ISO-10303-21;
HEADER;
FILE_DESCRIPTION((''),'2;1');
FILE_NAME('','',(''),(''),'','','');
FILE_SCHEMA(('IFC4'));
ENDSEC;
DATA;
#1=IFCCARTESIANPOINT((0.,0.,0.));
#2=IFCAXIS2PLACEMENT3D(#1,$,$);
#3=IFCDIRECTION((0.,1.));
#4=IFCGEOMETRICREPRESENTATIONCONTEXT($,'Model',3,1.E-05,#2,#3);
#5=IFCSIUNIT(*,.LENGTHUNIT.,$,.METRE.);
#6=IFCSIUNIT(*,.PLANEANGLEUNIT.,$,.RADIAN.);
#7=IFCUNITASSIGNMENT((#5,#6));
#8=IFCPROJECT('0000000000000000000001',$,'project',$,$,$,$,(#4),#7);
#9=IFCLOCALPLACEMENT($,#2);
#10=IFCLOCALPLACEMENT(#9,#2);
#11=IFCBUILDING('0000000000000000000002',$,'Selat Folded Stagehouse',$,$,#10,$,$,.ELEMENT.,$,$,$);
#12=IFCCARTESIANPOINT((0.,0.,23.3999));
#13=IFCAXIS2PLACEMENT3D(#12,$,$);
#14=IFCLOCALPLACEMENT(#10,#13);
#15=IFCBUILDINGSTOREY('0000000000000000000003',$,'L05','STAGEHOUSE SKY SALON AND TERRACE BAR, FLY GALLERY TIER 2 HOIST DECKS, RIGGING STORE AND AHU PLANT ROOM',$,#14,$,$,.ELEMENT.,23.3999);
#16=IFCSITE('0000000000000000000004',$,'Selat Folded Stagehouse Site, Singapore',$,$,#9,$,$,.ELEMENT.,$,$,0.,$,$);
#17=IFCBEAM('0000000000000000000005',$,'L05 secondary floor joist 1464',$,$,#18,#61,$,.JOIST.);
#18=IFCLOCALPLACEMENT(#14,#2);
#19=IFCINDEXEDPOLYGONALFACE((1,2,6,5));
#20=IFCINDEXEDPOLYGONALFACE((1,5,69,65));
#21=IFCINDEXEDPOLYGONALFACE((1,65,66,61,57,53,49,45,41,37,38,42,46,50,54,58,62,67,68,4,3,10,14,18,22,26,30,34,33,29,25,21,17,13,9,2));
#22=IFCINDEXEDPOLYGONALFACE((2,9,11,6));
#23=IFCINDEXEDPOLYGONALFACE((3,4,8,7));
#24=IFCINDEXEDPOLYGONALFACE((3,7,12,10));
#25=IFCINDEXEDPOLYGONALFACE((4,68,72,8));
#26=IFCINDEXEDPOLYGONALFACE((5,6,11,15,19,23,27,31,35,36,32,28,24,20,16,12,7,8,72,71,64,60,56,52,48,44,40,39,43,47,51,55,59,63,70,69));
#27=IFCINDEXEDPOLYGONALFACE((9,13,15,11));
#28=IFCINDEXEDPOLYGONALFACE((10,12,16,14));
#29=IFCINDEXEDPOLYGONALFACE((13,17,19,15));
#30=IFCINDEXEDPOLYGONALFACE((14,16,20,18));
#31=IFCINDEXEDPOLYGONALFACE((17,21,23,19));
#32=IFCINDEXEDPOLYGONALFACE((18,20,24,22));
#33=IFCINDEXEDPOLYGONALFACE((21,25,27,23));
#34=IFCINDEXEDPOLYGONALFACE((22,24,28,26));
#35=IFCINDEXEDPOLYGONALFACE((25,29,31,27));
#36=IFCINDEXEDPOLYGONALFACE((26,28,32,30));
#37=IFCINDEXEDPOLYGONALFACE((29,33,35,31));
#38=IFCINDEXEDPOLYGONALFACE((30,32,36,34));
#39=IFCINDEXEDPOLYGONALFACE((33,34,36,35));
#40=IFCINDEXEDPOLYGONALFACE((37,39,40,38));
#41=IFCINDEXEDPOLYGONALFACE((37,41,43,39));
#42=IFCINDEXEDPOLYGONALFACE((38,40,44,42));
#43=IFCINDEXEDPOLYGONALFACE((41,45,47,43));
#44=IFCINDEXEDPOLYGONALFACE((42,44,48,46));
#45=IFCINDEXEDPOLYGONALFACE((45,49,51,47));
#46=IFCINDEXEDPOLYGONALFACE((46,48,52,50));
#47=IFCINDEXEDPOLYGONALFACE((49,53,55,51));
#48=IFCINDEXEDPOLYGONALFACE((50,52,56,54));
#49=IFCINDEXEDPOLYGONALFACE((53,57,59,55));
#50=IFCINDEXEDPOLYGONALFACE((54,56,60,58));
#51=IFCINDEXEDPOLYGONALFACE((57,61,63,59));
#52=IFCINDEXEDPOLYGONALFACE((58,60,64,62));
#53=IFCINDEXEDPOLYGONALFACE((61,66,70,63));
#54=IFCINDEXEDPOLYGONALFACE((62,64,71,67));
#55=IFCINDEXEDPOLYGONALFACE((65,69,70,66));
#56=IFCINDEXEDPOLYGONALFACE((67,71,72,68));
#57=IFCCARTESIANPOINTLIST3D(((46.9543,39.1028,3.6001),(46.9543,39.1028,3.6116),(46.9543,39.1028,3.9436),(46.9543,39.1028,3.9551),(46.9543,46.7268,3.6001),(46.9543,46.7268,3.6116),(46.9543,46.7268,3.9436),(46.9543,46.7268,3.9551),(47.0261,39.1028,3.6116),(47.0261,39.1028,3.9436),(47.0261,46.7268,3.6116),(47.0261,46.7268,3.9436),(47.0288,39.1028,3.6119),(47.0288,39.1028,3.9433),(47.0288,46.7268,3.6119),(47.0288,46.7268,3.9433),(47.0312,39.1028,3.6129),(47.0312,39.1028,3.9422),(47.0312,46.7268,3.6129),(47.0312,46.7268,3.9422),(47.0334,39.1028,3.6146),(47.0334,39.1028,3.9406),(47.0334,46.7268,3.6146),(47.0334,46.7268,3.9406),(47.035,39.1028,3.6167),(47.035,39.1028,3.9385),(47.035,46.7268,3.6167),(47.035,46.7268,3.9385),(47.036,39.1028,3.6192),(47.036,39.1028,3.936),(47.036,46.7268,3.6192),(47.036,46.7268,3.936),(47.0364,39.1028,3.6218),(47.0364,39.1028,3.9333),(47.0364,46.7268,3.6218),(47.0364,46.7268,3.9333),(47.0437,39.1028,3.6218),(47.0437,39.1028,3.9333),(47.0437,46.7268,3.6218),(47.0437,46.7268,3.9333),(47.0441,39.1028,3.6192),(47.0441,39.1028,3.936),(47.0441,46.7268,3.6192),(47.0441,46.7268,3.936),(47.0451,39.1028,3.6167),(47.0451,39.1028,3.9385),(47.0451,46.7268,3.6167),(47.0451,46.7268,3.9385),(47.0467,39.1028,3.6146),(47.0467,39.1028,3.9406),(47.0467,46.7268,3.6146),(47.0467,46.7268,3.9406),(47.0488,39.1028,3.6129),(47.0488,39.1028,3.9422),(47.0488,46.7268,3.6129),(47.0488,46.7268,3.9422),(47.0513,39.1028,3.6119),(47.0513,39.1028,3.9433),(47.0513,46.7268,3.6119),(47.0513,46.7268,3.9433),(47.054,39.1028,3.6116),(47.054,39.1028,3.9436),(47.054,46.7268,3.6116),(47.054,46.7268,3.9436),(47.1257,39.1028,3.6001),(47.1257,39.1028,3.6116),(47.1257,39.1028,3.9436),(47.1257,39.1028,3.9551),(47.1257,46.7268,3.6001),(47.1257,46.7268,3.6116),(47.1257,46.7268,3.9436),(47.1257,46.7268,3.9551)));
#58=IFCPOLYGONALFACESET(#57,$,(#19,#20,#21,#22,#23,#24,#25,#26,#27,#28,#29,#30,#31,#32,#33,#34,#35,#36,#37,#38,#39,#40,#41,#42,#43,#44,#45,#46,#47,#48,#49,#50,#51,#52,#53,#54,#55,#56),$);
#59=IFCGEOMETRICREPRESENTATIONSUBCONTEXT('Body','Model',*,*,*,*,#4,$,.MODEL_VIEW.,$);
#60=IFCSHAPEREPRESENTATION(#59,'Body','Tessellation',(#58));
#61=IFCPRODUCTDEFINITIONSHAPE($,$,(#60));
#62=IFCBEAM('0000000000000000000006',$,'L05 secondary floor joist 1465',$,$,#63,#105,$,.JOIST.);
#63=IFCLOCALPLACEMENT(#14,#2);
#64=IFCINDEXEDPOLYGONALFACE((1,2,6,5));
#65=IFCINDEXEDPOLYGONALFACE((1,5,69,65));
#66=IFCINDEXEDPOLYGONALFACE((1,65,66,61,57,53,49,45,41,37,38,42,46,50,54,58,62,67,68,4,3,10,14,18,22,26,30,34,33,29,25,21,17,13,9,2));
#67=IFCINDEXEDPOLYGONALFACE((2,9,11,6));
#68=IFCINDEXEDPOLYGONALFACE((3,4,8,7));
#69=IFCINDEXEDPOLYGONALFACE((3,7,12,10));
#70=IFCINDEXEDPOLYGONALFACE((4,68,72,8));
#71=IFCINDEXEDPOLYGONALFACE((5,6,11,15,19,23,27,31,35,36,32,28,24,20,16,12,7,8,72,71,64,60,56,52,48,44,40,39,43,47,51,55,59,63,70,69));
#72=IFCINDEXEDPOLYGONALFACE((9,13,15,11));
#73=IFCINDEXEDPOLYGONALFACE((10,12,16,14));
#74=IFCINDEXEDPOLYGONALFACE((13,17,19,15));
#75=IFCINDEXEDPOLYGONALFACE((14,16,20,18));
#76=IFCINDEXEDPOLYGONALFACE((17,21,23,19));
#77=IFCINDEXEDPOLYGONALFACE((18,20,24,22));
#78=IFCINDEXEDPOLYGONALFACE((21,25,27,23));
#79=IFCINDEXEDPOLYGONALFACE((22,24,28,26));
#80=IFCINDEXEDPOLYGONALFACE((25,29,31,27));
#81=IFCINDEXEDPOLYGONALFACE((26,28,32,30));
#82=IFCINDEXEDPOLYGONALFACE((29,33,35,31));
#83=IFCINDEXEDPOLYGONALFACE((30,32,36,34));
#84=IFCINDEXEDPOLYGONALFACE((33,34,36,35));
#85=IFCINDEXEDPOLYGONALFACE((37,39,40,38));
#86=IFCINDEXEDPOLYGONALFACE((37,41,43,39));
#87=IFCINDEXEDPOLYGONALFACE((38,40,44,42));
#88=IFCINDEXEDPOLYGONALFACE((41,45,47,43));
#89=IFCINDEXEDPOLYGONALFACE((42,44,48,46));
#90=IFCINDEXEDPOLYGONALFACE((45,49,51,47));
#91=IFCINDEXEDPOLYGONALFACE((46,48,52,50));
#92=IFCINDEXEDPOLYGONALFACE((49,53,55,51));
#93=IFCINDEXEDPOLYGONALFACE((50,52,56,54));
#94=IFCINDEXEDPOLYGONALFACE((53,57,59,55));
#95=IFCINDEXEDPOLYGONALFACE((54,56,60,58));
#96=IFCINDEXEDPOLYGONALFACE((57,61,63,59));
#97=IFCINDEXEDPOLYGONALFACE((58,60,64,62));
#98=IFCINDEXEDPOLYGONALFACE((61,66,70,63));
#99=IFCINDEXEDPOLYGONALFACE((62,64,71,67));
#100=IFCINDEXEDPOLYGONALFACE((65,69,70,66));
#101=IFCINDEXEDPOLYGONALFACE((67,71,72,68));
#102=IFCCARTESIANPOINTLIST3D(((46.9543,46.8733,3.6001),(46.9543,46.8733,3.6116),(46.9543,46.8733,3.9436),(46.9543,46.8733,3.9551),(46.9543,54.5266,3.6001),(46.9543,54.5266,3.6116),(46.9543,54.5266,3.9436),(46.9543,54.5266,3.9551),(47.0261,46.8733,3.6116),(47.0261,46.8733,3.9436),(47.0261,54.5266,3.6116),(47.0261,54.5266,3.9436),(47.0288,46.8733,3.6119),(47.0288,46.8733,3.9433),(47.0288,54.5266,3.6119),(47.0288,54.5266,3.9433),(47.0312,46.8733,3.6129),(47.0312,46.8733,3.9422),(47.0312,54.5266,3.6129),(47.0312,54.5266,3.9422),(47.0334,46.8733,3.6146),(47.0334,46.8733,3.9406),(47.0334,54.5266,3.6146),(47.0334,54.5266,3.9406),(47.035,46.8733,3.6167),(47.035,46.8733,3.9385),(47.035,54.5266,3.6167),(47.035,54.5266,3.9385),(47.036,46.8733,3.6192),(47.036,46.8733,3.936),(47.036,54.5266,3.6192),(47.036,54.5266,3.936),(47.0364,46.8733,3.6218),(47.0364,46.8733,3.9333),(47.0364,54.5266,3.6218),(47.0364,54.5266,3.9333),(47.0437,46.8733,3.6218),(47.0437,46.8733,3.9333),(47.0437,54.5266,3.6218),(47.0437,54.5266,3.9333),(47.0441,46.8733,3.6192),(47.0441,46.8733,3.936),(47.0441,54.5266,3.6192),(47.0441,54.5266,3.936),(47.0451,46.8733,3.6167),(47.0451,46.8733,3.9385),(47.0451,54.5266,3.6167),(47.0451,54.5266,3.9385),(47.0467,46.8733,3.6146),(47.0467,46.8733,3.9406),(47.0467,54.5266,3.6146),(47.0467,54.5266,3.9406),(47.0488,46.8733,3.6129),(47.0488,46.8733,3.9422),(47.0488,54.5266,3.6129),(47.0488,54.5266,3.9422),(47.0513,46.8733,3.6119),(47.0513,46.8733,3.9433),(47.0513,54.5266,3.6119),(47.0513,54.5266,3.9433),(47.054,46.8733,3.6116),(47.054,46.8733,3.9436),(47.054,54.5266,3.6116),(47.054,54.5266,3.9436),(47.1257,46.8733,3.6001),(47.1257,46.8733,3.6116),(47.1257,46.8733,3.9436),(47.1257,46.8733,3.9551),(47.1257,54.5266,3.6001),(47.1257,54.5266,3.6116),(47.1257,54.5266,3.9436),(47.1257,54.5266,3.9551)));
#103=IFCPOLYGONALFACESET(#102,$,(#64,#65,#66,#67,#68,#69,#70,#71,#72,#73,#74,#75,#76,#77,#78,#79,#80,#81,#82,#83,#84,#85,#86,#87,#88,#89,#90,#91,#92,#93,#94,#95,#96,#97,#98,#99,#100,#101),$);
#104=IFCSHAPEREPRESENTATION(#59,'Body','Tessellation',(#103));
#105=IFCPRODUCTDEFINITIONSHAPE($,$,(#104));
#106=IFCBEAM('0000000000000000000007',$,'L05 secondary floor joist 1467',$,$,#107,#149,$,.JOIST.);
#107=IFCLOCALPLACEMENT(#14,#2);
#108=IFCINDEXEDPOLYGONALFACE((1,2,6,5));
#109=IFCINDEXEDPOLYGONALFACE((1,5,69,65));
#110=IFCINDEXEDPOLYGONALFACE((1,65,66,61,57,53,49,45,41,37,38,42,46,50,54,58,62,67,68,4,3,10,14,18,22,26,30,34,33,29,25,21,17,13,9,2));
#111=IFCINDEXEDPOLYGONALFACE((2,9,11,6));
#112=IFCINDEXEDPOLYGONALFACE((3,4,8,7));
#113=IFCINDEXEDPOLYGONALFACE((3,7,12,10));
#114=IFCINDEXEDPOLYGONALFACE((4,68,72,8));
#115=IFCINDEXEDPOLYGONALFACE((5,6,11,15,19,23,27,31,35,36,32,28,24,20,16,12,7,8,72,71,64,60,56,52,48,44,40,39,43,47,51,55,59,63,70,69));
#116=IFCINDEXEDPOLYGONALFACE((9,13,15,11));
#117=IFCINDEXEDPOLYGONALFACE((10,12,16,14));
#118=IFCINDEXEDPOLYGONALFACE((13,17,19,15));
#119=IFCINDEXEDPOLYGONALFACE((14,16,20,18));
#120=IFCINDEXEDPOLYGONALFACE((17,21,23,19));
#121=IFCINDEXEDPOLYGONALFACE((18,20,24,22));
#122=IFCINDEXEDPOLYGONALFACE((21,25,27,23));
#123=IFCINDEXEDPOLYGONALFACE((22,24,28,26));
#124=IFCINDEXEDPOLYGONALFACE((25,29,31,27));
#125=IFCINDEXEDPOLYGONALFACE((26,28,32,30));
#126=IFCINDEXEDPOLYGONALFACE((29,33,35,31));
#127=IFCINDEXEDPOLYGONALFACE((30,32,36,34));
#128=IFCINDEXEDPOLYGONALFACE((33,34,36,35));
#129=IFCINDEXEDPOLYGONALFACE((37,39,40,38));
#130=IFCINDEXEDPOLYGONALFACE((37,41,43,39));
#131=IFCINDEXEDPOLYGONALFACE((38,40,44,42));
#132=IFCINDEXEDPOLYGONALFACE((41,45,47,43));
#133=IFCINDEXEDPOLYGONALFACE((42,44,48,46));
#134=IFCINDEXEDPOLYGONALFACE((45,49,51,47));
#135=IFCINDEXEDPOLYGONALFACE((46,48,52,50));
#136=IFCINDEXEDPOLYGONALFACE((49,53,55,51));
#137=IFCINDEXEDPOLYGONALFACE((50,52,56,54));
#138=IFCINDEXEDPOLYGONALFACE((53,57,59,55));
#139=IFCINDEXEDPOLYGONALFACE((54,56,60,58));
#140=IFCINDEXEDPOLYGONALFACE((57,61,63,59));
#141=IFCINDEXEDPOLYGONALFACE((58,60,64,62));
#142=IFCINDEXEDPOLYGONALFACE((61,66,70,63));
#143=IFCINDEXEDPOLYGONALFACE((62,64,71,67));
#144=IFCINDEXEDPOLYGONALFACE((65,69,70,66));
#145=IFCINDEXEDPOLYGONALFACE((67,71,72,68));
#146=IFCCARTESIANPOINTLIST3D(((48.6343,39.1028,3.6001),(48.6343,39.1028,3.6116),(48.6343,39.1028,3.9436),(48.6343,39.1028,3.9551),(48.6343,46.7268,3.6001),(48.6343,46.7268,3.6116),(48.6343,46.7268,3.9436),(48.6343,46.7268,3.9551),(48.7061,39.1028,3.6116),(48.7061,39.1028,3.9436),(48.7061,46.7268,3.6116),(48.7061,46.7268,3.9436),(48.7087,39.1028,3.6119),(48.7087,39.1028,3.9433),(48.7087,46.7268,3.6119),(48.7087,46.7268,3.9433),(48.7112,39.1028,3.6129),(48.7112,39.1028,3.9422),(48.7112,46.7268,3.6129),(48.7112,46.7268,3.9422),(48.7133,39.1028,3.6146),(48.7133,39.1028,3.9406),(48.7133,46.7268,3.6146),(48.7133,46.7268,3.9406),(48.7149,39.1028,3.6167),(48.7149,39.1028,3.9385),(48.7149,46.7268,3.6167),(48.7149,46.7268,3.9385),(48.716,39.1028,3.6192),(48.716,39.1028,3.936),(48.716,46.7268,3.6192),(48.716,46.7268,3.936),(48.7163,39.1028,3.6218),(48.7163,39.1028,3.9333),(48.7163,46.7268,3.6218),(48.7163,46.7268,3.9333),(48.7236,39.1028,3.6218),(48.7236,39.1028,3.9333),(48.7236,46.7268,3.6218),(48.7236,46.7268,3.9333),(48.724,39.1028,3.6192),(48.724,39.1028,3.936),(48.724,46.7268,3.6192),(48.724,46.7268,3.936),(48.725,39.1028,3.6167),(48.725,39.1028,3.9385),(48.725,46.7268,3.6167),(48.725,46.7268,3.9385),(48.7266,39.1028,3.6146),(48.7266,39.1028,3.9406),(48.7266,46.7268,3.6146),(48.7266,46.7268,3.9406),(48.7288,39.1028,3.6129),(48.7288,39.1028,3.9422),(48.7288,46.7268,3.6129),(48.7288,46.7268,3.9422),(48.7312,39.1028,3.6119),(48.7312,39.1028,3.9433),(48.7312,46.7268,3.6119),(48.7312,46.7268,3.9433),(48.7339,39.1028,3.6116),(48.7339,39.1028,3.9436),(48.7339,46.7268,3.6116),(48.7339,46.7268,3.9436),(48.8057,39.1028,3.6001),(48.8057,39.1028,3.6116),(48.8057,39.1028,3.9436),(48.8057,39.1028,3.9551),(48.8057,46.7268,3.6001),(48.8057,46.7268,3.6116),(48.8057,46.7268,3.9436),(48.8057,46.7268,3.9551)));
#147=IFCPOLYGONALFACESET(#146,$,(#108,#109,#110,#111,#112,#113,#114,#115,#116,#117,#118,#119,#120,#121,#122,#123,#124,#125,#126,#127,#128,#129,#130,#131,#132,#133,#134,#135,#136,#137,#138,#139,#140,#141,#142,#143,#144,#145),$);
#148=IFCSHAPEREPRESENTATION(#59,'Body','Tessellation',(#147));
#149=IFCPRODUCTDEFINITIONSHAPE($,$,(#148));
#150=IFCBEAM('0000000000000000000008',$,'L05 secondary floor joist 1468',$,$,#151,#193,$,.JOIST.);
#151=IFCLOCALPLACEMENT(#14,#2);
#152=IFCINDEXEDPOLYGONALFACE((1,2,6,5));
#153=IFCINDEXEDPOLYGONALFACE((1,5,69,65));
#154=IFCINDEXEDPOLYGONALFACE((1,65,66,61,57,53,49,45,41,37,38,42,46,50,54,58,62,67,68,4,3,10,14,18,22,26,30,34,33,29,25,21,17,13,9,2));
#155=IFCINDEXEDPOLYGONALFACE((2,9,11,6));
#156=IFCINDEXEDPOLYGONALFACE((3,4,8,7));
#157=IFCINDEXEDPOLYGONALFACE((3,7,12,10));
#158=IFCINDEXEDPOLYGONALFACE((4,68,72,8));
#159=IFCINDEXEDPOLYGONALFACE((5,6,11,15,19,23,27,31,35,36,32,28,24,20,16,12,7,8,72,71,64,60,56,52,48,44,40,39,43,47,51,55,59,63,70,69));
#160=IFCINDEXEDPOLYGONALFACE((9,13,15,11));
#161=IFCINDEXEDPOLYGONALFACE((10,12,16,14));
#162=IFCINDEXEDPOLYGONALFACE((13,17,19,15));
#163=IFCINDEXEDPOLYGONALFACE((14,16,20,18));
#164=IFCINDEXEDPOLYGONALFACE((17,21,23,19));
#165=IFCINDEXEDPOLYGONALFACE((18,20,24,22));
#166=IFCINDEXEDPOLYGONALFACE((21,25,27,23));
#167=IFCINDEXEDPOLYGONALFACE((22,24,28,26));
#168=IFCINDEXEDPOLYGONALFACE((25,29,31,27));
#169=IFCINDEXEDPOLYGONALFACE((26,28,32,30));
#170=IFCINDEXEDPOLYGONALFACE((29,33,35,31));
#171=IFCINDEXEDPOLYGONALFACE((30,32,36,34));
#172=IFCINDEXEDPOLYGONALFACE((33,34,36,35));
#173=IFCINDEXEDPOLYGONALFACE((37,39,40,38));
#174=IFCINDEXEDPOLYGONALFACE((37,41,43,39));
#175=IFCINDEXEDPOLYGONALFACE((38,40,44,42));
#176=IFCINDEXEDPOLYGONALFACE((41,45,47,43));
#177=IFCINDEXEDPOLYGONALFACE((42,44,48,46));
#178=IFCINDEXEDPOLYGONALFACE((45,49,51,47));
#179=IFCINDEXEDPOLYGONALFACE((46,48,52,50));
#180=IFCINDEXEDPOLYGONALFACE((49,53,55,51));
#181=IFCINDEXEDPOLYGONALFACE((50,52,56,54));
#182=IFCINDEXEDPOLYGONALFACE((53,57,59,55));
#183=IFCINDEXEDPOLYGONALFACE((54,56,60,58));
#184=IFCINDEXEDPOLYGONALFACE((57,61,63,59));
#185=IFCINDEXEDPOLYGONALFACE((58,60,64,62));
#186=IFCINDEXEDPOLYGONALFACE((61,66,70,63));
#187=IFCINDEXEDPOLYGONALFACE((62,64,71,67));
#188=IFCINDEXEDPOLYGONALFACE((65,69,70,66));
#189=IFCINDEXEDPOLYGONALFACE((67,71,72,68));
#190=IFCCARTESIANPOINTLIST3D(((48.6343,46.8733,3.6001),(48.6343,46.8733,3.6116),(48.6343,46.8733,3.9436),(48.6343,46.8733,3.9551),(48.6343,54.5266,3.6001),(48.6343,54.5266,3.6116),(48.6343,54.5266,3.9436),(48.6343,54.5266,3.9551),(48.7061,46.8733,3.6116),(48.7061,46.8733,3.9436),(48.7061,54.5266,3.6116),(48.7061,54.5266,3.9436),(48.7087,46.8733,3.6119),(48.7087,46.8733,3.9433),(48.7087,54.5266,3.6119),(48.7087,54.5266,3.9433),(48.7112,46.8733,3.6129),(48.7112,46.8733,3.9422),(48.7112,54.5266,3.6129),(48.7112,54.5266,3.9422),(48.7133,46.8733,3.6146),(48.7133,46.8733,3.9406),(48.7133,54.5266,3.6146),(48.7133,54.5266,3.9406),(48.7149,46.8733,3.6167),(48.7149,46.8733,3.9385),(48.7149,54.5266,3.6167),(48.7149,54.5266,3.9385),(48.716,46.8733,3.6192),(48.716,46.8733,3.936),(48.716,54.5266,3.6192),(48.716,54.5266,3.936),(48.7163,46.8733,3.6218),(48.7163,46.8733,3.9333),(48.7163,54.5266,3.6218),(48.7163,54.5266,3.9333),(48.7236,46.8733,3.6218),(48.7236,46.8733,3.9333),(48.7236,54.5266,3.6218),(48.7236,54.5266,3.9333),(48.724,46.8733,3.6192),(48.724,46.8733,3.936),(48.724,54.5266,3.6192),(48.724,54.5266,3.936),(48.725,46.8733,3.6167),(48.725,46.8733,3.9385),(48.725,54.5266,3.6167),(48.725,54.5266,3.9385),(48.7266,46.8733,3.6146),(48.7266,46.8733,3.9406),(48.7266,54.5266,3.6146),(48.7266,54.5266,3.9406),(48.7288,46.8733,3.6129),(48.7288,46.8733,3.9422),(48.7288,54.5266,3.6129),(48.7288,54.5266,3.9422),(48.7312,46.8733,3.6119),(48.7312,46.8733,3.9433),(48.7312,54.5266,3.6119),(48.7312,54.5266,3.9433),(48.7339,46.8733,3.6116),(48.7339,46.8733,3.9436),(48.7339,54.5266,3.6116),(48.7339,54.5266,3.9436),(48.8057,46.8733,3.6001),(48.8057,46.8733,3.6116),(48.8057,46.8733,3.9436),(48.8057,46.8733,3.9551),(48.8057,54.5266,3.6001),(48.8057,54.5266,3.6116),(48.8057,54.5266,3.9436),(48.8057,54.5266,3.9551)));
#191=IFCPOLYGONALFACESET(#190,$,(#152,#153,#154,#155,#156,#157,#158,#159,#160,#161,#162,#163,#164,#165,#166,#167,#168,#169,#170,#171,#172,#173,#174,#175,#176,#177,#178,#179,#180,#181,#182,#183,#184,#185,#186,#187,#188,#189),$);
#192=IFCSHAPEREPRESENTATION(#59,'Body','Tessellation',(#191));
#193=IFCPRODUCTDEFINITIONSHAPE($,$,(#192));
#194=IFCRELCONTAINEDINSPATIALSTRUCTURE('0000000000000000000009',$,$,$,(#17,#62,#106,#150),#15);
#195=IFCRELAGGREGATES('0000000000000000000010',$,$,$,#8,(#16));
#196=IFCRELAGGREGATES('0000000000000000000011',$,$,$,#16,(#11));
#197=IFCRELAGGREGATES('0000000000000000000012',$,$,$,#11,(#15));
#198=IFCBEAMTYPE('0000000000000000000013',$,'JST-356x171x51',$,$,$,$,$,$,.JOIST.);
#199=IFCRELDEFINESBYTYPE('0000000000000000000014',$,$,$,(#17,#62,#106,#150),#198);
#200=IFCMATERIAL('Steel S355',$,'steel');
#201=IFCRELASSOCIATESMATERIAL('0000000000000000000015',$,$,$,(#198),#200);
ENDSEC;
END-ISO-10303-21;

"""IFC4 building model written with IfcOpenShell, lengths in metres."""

from ifc_helpers import new_model, si_unit, direction, frame, origin, origin_2d, place, context, subcontext, project, spatial, i_section, extrude, material, material_profile, profile_set, type_object, element, save


model = new_model("IFC4")

# Units and contexts
model_context = context("Model", 3, precision=1e-05, world=origin(), true_north=direction((0.0, 1.0)))
body_context = subcontext(model_context, "Body", "Model", "MODEL_VIEW")
ifc_project = project(units=[si_unit("LENGTHUNIT", "METRE"), si_unit("PLANEANGLEUNIT", "RADIAN")], contexts=[model_context])

# Site, building, storey
site_placement = place(None, origin())
site = spatial("IfcSite", under=ifc_project, at=site_placement, Name="Selat Folded Stagehouse Site, Singapore", CompositionType="ELEMENT", RefElevation=0.0)
building_placement = place(site_placement, origin())
building = spatial("IfcBuilding", under=site, at=building_placement, Name="Selat Folded Stagehouse", CompositionType="ELEMENT")
storey_placement = place(building_placement, frame((0.0, 0.0, 23.3999)))
storey = spatial("IfcBuildingStorey", under=building, at=storey_placement, Name="L05", Description="STAGEHOUSE SKY SALON AND TERRACE BAR, FLY GALLERY TIER 2 HOIST DECKS, RIGGING STORE AND AHU PLANT ROOM", CompositionType="ELEMENT", Elevation=23.3999)

# Shared definitions
ifc_material_1 = material(Name="Steel S355", Category="steel")

# Beams
ifc_material_profile_1 = material_profile(ifc_material_1, i_section(OverallWidth=0.1714, OverallDepth=0.355, WebThickness=0.0073, FlangeThickness=0.0115, FilletRadius=0.0103, at=origin_2d()), Name="UKB 356x171x51")
ifc_profile_set_1 = profile_set([ifc_material_profile_1], Name="Steel S355")
beam_type_1 = type_object("IfcBeamType", Name="JST-356x171x51", PredefinedType="JOIST", material=ifc_profile_set_1)
beam_1_placement = place(storey_placement, frame((47.04, 39.1028, 3.7776), z_axis=(0.0, 1.0, 0.0), x_axis=(-1.0, 0.0, 0.0)))
element("IfcBeam", 1, at=beam_1_placement, inside=storey, type_object=beam_type_1, Name="L05 secondary floor joist 1464", PredefinedType="JOIST", context=body_context, shape_type="SweptSolid", body=[
    extrude(i_section(OverallWidth=0.1714, OverallDepth=0.355, WebThickness=0.0073, FlangeThickness=0.0115, FilletRadius=0.0103, at=origin_2d()), origin(), (0.0, 0.0, 1.0), 7.624),
])
beam_2_placement = place(storey_placement, frame((47.04, 46.8733, 3.7776), z_axis=(0.0, 1.0, 0.0), x_axis=(-1.0, 0.0, 0.0)))
element("IfcBeam", 2, at=beam_2_placement, inside=storey, type_object=beam_type_1, Name="L05 secondary floor joist 1465", PredefinedType="JOIST", context=body_context, shape_type="SweptSolid", body=[
    extrude(i_section(OverallWidth=0.1714, OverallDepth=0.355, WebThickness=0.0073, FlangeThickness=0.0115, FilletRadius=0.0103, at=origin_2d()), origin(), (0.0, 0.0, 1.0), 7.6533),
])
beam_3_placement = place(storey_placement, frame((48.72, 39.1028, 3.7776), z_axis=(0.0, 1.0, 0.0), x_axis=(-1.0, 0.0, 0.0)))
element("IfcBeam", 3, at=beam_3_placement, inside=storey, type_object=beam_type_1, Name="L05 secondary floor joist 1467", PredefinedType="JOIST", context=body_context, shape_type="SweptSolid", body=[
    extrude(i_section(OverallWidth=0.1714, OverallDepth=0.355, WebThickness=0.0073, FlangeThickness=0.0115, FilletRadius=0.0103, at=origin_2d()), origin(), (0.0, 0.0, 1.0), 7.624),
])
beam_4_placement = place(storey_placement, frame((48.72, 46.8733, 3.7776), z_axis=(0.0, 1.0, 0.0), x_axis=(-1.0, 0.0, 0.0)))
element("IfcBeam", 4, at=beam_4_placement, inside=storey, type_object=beam_type_1, Name="L05 secondary floor joist 1468", PredefinedType="JOIST", context=body_context, shape_type="SweptSolid", body=[
    extrude(i_section(OverallWidth=0.1714, OverallDepth=0.355, WebThickness=0.0073, FlangeThickness=0.0115, FilletRadius=0.0103, at=origin_2d()), origin(), (0.0, 0.0, 1.0), 7.6533),
])

save(model, "model.ifc")
